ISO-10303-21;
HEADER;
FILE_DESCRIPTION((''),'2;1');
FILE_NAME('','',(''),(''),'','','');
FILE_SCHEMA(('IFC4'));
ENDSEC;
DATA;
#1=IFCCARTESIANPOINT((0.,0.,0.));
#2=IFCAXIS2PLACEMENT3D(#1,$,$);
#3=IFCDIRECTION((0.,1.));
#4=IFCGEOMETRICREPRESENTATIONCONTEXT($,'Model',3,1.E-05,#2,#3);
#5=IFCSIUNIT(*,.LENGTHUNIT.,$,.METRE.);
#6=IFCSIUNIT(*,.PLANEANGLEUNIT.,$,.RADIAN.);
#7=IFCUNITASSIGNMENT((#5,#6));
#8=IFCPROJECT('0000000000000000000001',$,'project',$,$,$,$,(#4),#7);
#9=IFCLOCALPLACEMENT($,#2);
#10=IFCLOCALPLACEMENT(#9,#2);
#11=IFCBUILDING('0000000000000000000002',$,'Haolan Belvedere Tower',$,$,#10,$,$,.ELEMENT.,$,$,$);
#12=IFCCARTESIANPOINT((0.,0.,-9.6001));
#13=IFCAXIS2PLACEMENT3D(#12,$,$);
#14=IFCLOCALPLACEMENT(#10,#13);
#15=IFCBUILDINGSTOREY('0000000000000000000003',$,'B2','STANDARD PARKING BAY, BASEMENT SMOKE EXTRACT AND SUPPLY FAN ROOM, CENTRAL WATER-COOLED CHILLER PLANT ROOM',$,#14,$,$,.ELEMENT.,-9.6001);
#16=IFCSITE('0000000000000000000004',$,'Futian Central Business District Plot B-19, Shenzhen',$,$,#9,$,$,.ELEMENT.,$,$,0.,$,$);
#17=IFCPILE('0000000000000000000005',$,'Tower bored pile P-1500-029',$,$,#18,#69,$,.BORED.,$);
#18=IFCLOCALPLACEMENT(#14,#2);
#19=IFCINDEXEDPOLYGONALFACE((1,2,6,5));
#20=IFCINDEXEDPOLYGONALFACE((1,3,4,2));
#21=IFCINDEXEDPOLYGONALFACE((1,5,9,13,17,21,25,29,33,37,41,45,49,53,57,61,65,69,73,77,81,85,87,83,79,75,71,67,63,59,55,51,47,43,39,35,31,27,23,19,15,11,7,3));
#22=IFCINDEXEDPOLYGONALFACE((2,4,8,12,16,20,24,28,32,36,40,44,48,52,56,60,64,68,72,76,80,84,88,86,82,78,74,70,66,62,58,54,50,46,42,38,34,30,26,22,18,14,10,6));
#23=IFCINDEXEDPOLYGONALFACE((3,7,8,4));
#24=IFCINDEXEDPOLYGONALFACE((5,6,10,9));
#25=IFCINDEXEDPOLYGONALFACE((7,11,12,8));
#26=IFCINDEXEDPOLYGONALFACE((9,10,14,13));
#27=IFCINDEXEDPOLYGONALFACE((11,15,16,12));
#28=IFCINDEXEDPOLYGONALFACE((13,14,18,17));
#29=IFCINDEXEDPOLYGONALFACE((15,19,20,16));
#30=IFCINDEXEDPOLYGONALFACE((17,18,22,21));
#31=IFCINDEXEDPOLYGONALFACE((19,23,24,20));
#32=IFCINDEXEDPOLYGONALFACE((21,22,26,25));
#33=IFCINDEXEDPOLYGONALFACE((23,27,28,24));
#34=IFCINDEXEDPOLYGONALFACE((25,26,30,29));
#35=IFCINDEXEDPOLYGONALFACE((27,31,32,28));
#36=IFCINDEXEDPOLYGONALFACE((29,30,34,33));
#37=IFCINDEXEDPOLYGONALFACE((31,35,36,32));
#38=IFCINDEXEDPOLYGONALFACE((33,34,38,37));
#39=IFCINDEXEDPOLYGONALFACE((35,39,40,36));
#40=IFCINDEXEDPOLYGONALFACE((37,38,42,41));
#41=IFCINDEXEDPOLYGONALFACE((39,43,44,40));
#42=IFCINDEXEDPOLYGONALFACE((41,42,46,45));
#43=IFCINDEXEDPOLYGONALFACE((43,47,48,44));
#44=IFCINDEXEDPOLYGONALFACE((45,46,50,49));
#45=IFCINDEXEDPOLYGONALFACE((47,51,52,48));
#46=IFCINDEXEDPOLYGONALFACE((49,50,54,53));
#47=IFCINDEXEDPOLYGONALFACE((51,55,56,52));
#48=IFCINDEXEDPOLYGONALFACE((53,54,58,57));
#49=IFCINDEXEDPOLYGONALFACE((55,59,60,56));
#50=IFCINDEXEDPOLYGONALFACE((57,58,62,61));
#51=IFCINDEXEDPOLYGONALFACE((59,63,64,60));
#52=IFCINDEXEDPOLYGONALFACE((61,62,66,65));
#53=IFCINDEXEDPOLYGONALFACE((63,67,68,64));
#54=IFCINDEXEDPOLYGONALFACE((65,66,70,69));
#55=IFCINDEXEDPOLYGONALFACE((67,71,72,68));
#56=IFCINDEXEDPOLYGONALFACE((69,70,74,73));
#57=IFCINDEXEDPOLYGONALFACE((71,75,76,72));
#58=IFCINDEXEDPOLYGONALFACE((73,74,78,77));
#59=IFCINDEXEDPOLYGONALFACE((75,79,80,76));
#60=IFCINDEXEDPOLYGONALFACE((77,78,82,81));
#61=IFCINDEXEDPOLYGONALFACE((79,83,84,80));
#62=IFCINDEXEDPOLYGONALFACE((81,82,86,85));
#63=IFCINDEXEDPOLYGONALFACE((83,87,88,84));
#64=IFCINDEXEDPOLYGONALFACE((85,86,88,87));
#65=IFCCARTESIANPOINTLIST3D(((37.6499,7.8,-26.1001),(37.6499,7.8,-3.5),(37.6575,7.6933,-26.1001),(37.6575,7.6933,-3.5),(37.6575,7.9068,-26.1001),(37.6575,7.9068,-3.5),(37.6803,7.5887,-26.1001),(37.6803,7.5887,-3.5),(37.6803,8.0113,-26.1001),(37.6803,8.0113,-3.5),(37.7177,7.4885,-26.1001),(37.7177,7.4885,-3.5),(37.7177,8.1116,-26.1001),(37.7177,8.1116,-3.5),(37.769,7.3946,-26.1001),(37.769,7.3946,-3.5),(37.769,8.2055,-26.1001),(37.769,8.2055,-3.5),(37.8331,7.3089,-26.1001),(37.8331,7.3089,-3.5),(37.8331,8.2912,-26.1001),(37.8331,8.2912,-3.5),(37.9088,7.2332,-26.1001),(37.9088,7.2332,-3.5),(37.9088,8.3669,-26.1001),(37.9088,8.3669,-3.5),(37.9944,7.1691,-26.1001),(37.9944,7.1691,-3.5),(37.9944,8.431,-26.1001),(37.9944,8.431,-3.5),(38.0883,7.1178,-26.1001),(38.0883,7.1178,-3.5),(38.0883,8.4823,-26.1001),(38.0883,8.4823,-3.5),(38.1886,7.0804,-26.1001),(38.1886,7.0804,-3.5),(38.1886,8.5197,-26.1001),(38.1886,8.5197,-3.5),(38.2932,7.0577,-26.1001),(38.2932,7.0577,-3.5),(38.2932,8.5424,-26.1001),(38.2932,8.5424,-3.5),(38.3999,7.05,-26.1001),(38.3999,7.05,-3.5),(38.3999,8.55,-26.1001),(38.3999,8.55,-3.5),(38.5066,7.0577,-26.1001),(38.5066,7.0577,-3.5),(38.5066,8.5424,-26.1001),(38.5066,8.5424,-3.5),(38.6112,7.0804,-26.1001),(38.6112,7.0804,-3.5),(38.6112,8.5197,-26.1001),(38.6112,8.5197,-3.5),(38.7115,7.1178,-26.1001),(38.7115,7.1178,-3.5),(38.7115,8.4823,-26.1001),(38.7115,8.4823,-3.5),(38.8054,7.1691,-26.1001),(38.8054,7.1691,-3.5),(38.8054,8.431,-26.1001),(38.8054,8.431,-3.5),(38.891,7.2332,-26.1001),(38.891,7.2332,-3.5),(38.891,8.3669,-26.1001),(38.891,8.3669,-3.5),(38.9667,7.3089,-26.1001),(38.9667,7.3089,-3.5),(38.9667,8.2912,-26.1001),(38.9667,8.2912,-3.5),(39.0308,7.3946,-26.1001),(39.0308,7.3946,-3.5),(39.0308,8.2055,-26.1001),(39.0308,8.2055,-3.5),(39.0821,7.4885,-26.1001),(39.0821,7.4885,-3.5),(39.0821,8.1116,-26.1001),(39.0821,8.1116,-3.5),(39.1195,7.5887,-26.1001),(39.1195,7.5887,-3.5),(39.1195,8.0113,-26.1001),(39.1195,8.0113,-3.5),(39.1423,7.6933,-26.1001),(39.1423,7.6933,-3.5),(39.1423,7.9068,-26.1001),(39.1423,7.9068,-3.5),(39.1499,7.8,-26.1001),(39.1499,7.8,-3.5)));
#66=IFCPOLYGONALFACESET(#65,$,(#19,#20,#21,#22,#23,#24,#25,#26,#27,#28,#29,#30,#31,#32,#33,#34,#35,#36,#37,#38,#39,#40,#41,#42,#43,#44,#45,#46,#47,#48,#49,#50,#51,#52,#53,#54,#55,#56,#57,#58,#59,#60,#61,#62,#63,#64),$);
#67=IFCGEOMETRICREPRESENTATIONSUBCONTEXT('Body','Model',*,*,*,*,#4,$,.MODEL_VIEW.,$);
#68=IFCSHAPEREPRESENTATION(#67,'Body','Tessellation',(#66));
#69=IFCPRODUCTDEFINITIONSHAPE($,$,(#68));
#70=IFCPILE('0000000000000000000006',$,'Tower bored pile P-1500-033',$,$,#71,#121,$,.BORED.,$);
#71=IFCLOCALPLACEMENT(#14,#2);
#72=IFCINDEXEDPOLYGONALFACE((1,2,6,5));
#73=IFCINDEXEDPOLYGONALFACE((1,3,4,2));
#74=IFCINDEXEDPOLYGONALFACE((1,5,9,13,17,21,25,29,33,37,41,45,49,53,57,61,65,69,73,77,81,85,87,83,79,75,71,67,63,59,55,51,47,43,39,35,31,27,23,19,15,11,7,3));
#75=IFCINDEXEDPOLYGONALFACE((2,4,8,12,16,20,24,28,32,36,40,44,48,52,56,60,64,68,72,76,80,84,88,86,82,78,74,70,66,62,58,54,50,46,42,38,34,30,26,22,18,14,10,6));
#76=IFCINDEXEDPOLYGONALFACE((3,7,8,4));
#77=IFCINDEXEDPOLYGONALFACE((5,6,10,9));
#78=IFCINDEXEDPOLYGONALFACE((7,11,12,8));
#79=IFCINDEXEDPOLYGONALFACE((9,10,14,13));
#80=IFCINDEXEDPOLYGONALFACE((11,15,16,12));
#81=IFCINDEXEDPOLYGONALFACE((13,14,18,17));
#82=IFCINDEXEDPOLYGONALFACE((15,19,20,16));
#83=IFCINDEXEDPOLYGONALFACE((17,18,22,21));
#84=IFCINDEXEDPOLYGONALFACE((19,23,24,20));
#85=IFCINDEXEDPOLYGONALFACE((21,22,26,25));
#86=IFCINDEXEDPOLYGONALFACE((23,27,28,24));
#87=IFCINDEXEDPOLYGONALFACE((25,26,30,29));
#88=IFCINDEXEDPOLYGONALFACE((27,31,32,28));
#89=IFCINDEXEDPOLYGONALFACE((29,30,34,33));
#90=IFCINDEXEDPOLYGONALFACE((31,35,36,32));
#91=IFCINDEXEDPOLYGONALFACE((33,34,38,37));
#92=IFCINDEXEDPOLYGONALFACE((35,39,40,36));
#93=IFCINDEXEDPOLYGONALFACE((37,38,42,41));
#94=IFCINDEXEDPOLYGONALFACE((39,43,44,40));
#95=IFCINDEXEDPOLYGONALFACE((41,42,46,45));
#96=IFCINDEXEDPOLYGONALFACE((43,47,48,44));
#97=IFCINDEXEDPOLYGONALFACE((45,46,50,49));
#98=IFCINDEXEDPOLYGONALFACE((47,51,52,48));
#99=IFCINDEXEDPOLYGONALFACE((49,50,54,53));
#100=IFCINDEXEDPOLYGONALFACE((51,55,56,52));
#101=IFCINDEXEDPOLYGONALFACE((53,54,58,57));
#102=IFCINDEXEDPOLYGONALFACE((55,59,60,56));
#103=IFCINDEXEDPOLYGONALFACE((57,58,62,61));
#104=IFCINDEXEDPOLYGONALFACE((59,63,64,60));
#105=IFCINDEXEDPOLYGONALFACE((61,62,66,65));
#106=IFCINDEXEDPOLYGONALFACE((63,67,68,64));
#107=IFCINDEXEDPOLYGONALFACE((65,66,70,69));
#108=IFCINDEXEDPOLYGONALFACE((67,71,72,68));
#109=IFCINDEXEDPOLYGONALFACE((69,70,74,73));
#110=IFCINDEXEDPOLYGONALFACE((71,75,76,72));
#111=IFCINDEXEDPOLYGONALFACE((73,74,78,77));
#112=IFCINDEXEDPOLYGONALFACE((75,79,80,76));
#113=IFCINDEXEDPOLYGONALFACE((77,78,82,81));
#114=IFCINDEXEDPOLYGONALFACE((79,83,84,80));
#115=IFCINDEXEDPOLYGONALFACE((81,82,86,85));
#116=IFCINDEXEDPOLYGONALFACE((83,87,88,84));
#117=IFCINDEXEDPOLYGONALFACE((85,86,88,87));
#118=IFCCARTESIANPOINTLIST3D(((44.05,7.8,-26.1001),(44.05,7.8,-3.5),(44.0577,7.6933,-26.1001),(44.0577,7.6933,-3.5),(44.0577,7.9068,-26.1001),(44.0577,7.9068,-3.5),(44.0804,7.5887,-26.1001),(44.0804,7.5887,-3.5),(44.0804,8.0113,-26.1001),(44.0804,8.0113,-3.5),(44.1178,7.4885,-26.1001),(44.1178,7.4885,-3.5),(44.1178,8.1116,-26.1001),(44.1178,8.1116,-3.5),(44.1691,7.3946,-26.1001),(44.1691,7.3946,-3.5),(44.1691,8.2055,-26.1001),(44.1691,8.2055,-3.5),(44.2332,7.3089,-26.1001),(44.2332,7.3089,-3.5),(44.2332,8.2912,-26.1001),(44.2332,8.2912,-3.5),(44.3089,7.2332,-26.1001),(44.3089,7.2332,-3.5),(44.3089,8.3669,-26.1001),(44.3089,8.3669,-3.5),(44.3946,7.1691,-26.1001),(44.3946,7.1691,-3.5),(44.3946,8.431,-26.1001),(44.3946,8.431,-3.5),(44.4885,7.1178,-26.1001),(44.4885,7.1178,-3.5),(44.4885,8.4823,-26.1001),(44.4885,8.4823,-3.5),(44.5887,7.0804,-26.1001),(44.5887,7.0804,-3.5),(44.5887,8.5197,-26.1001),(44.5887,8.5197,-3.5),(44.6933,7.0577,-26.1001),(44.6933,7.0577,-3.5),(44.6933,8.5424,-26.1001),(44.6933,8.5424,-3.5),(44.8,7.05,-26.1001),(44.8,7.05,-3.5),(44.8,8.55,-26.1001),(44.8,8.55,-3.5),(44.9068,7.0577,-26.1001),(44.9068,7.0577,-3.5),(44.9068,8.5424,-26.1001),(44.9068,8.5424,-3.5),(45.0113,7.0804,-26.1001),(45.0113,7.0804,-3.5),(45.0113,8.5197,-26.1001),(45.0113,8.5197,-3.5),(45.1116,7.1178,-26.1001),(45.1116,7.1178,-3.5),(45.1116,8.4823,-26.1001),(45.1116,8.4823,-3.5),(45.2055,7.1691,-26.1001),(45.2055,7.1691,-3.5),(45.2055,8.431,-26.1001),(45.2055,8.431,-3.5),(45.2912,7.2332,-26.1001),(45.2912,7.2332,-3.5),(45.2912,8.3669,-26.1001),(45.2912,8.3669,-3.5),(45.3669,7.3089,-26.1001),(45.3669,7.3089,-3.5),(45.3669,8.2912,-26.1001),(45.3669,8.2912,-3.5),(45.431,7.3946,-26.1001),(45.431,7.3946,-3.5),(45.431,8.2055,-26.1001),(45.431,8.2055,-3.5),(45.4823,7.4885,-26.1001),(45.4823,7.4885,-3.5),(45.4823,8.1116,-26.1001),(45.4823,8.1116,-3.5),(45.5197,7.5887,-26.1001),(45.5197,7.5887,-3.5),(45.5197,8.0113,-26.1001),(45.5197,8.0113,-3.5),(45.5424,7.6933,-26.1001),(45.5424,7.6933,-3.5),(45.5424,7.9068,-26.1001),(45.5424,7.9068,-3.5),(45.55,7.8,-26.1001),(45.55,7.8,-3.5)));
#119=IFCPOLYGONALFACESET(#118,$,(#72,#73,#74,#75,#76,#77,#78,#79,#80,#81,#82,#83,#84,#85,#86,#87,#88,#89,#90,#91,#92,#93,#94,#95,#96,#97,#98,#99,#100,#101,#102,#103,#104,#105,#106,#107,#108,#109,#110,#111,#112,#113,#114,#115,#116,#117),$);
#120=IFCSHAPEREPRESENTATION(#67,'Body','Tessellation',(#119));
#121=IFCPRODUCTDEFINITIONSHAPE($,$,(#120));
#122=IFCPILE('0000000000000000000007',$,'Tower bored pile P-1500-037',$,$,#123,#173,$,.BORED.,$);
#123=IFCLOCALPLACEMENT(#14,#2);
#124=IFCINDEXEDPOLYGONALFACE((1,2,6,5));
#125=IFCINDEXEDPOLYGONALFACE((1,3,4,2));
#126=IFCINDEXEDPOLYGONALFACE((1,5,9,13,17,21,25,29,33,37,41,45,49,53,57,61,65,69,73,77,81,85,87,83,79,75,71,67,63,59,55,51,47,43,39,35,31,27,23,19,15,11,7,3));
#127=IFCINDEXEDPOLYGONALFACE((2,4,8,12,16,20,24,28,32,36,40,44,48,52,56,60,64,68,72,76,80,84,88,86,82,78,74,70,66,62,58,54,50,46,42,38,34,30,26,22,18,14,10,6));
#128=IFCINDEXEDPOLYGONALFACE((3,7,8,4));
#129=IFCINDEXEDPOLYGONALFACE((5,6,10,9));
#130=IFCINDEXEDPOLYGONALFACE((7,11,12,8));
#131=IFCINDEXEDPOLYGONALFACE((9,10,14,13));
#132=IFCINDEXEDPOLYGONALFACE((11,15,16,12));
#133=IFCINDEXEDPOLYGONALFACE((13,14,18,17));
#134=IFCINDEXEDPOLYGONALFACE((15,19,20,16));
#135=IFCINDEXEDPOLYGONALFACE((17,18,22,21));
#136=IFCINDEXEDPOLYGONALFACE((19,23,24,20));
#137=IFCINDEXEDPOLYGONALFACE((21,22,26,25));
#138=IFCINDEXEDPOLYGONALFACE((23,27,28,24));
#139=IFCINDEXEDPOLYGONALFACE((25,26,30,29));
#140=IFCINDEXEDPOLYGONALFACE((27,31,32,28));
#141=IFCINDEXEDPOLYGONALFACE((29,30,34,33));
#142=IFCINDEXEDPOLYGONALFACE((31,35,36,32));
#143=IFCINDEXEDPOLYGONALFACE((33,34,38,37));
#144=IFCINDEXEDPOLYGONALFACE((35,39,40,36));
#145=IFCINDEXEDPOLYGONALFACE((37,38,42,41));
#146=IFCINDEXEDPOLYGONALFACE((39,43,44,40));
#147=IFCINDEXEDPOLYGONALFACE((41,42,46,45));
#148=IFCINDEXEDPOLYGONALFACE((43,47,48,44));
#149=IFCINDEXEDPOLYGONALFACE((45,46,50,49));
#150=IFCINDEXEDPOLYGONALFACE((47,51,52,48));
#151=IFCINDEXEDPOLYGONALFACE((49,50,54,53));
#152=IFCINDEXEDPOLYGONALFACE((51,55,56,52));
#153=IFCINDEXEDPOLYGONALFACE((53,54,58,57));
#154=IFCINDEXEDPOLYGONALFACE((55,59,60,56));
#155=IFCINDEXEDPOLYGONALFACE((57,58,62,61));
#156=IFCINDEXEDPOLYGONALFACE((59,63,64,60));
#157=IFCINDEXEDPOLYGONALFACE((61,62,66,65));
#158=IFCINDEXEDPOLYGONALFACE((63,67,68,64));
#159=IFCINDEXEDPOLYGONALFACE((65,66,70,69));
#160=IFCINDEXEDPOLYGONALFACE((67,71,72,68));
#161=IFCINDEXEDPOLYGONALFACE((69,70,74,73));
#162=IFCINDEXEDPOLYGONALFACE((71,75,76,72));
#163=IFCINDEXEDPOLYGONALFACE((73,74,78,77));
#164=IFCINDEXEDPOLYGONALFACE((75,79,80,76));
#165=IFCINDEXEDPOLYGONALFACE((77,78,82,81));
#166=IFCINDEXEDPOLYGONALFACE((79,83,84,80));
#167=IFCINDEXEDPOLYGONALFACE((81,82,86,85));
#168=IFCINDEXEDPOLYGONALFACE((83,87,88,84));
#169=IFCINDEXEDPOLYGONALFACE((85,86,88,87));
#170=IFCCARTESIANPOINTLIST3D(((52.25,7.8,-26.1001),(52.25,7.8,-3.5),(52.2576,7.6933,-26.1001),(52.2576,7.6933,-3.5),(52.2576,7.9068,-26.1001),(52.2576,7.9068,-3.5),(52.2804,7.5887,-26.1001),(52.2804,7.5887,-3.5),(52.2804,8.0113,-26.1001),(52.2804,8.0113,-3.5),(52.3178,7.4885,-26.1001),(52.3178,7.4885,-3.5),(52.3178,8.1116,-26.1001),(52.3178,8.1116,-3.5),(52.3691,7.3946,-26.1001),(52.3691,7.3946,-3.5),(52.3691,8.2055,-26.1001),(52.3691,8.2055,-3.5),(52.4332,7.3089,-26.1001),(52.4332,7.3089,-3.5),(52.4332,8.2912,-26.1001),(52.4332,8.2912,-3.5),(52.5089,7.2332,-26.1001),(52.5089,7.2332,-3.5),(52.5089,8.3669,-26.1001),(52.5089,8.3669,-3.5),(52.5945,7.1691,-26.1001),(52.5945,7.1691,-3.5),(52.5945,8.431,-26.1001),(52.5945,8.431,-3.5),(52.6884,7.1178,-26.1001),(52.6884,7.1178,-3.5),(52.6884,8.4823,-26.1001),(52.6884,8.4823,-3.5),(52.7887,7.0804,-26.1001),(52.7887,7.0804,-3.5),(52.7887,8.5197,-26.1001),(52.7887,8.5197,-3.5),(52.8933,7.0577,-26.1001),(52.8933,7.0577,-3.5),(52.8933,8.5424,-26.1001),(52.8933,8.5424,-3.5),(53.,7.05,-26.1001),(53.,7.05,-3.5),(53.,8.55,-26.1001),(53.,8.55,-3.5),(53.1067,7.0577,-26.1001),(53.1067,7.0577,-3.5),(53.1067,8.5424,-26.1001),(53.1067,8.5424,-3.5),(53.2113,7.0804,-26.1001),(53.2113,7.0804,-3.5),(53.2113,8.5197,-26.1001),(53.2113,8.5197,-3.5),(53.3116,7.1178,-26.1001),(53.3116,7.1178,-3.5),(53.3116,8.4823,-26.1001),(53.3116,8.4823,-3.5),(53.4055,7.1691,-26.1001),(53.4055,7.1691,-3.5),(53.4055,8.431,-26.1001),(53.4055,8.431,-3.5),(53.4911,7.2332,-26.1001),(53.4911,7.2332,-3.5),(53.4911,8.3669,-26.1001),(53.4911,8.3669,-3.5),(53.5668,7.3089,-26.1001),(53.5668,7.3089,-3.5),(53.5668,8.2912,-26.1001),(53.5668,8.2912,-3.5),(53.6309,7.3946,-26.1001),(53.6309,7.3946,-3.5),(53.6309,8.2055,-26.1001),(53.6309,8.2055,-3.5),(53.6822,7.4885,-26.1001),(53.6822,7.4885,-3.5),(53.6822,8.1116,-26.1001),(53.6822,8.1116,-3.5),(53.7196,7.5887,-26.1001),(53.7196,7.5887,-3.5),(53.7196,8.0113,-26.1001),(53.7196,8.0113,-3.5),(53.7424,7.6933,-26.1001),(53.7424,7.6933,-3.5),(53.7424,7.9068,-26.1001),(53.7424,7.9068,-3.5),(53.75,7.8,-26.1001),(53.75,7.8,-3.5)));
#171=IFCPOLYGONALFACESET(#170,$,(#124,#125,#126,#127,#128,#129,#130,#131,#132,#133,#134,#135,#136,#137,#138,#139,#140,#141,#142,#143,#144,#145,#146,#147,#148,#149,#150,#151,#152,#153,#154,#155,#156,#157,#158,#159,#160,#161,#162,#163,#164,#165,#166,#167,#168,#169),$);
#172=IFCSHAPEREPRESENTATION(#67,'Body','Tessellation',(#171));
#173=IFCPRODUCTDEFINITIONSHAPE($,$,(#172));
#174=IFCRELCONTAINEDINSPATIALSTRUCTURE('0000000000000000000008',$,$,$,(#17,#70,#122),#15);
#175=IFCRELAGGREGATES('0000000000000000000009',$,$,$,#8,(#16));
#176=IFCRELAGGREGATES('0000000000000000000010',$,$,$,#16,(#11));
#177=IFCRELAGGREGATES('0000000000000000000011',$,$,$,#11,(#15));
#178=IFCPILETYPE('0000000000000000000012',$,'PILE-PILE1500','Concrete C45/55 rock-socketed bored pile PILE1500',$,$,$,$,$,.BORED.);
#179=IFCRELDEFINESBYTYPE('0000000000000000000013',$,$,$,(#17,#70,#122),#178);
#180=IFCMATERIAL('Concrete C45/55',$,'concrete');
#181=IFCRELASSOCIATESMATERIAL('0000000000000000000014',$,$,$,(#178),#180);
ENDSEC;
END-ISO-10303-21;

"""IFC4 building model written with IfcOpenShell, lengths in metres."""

from ifc_helpers import new_model, si_unit, direction, frame, origin, origin_2d, place, context, subcontext, project, spatial, circle, extrude, material, material_profile, profile_set, type_object, element, save


model = new_model("IFC4")

# Units and contexts
model_context = context("Model", 3, precision=1e-05, world=origin(), true_north=direction((0.0, 1.0)))
body_context = subcontext(model_context, "Body", "Model", "MODEL_VIEW")
ifc_project = project(units=[si_unit("LENGTHUNIT", "METRE"), si_unit("PLANEANGLEUNIT", "RADIAN")], contexts=[model_context])

# Site, building, storey
site_placement = place(None, origin())
site = spatial("IfcSite", under=ifc_project, at=site_placement, Name="Futian Central Business District Plot B-19, Shenzhen", CompositionType="ELEMENT", RefElevation=0.0)
building_placement = place(site_placement, origin())
building = spatial("IfcBuilding", under=site, at=building_placement, Name="Haolan Belvedere Tower", CompositionType="ELEMENT")
storey_placement = place(building_placement, frame((0.0, 0.0, -9.6001)))
storey = spatial("IfcBuildingStorey", under=building, at=storey_placement, Name="B2", Description="STANDARD PARKING BAY, BASEMENT SMOKE EXTRACT AND SUPPLY FAN ROOM, CENTRAL WATER-COOLED CHILLER PLANT ROOM", CompositionType="ELEMENT", Elevation=-9.6001)

# Piles
ifc_material_1 = material(Name="Concrete C45/55", Category="concrete")
ifc_material_profile_1 = material_profile(ifc_material_1, circle(Radius=0.75, at=origin_2d()), Name="Concrete C45/55")
ifc_profile_set_1 = profile_set([ifc_material_profile_1], Name="Concrete C45/55")
pile_type_1 = type_object("IfcPileType", Name="PILE-PILE1500", Description="Concrete C45/55 rock-socketed bored pile PILE1500", PredefinedType="BORED", material=ifc_profile_set_1)
for number, where, z_axis, x_axis, name in (
    (1, (38.3999, 7.8, -3.5), (0.0, 0.0, -1.0), (1.0, 0.0, 0.0), "Tower bored pile P-1500-029"),
    (2, (44.8, 7.8, -3.5), (0.0, 0.0, -1.0), (1.0, 0.0, 0.0), "Tower bored pile P-1500-033"),
    (3, (53.0, 7.8, -3.5), (0.0, 0.0, -1.0), (1.0, 0.0, 0.0), "Tower bored pile P-1500-037"),
):
    element("IfcPile", number, at=place(storey_placement, frame(where, z_axis=z_axis, x_axis=x_axis)), inside=storey, type_object=pile_type_1, Name=name, PredefinedType="BORED", context=body_context, shape_type="SweptSolid", body=[
        extrude(circle(Radius=0.75, at=origin_2d()), origin(), (0.0, 0.0, 1.0), 22.6001),
    ])

save(model, "model.ifc")
